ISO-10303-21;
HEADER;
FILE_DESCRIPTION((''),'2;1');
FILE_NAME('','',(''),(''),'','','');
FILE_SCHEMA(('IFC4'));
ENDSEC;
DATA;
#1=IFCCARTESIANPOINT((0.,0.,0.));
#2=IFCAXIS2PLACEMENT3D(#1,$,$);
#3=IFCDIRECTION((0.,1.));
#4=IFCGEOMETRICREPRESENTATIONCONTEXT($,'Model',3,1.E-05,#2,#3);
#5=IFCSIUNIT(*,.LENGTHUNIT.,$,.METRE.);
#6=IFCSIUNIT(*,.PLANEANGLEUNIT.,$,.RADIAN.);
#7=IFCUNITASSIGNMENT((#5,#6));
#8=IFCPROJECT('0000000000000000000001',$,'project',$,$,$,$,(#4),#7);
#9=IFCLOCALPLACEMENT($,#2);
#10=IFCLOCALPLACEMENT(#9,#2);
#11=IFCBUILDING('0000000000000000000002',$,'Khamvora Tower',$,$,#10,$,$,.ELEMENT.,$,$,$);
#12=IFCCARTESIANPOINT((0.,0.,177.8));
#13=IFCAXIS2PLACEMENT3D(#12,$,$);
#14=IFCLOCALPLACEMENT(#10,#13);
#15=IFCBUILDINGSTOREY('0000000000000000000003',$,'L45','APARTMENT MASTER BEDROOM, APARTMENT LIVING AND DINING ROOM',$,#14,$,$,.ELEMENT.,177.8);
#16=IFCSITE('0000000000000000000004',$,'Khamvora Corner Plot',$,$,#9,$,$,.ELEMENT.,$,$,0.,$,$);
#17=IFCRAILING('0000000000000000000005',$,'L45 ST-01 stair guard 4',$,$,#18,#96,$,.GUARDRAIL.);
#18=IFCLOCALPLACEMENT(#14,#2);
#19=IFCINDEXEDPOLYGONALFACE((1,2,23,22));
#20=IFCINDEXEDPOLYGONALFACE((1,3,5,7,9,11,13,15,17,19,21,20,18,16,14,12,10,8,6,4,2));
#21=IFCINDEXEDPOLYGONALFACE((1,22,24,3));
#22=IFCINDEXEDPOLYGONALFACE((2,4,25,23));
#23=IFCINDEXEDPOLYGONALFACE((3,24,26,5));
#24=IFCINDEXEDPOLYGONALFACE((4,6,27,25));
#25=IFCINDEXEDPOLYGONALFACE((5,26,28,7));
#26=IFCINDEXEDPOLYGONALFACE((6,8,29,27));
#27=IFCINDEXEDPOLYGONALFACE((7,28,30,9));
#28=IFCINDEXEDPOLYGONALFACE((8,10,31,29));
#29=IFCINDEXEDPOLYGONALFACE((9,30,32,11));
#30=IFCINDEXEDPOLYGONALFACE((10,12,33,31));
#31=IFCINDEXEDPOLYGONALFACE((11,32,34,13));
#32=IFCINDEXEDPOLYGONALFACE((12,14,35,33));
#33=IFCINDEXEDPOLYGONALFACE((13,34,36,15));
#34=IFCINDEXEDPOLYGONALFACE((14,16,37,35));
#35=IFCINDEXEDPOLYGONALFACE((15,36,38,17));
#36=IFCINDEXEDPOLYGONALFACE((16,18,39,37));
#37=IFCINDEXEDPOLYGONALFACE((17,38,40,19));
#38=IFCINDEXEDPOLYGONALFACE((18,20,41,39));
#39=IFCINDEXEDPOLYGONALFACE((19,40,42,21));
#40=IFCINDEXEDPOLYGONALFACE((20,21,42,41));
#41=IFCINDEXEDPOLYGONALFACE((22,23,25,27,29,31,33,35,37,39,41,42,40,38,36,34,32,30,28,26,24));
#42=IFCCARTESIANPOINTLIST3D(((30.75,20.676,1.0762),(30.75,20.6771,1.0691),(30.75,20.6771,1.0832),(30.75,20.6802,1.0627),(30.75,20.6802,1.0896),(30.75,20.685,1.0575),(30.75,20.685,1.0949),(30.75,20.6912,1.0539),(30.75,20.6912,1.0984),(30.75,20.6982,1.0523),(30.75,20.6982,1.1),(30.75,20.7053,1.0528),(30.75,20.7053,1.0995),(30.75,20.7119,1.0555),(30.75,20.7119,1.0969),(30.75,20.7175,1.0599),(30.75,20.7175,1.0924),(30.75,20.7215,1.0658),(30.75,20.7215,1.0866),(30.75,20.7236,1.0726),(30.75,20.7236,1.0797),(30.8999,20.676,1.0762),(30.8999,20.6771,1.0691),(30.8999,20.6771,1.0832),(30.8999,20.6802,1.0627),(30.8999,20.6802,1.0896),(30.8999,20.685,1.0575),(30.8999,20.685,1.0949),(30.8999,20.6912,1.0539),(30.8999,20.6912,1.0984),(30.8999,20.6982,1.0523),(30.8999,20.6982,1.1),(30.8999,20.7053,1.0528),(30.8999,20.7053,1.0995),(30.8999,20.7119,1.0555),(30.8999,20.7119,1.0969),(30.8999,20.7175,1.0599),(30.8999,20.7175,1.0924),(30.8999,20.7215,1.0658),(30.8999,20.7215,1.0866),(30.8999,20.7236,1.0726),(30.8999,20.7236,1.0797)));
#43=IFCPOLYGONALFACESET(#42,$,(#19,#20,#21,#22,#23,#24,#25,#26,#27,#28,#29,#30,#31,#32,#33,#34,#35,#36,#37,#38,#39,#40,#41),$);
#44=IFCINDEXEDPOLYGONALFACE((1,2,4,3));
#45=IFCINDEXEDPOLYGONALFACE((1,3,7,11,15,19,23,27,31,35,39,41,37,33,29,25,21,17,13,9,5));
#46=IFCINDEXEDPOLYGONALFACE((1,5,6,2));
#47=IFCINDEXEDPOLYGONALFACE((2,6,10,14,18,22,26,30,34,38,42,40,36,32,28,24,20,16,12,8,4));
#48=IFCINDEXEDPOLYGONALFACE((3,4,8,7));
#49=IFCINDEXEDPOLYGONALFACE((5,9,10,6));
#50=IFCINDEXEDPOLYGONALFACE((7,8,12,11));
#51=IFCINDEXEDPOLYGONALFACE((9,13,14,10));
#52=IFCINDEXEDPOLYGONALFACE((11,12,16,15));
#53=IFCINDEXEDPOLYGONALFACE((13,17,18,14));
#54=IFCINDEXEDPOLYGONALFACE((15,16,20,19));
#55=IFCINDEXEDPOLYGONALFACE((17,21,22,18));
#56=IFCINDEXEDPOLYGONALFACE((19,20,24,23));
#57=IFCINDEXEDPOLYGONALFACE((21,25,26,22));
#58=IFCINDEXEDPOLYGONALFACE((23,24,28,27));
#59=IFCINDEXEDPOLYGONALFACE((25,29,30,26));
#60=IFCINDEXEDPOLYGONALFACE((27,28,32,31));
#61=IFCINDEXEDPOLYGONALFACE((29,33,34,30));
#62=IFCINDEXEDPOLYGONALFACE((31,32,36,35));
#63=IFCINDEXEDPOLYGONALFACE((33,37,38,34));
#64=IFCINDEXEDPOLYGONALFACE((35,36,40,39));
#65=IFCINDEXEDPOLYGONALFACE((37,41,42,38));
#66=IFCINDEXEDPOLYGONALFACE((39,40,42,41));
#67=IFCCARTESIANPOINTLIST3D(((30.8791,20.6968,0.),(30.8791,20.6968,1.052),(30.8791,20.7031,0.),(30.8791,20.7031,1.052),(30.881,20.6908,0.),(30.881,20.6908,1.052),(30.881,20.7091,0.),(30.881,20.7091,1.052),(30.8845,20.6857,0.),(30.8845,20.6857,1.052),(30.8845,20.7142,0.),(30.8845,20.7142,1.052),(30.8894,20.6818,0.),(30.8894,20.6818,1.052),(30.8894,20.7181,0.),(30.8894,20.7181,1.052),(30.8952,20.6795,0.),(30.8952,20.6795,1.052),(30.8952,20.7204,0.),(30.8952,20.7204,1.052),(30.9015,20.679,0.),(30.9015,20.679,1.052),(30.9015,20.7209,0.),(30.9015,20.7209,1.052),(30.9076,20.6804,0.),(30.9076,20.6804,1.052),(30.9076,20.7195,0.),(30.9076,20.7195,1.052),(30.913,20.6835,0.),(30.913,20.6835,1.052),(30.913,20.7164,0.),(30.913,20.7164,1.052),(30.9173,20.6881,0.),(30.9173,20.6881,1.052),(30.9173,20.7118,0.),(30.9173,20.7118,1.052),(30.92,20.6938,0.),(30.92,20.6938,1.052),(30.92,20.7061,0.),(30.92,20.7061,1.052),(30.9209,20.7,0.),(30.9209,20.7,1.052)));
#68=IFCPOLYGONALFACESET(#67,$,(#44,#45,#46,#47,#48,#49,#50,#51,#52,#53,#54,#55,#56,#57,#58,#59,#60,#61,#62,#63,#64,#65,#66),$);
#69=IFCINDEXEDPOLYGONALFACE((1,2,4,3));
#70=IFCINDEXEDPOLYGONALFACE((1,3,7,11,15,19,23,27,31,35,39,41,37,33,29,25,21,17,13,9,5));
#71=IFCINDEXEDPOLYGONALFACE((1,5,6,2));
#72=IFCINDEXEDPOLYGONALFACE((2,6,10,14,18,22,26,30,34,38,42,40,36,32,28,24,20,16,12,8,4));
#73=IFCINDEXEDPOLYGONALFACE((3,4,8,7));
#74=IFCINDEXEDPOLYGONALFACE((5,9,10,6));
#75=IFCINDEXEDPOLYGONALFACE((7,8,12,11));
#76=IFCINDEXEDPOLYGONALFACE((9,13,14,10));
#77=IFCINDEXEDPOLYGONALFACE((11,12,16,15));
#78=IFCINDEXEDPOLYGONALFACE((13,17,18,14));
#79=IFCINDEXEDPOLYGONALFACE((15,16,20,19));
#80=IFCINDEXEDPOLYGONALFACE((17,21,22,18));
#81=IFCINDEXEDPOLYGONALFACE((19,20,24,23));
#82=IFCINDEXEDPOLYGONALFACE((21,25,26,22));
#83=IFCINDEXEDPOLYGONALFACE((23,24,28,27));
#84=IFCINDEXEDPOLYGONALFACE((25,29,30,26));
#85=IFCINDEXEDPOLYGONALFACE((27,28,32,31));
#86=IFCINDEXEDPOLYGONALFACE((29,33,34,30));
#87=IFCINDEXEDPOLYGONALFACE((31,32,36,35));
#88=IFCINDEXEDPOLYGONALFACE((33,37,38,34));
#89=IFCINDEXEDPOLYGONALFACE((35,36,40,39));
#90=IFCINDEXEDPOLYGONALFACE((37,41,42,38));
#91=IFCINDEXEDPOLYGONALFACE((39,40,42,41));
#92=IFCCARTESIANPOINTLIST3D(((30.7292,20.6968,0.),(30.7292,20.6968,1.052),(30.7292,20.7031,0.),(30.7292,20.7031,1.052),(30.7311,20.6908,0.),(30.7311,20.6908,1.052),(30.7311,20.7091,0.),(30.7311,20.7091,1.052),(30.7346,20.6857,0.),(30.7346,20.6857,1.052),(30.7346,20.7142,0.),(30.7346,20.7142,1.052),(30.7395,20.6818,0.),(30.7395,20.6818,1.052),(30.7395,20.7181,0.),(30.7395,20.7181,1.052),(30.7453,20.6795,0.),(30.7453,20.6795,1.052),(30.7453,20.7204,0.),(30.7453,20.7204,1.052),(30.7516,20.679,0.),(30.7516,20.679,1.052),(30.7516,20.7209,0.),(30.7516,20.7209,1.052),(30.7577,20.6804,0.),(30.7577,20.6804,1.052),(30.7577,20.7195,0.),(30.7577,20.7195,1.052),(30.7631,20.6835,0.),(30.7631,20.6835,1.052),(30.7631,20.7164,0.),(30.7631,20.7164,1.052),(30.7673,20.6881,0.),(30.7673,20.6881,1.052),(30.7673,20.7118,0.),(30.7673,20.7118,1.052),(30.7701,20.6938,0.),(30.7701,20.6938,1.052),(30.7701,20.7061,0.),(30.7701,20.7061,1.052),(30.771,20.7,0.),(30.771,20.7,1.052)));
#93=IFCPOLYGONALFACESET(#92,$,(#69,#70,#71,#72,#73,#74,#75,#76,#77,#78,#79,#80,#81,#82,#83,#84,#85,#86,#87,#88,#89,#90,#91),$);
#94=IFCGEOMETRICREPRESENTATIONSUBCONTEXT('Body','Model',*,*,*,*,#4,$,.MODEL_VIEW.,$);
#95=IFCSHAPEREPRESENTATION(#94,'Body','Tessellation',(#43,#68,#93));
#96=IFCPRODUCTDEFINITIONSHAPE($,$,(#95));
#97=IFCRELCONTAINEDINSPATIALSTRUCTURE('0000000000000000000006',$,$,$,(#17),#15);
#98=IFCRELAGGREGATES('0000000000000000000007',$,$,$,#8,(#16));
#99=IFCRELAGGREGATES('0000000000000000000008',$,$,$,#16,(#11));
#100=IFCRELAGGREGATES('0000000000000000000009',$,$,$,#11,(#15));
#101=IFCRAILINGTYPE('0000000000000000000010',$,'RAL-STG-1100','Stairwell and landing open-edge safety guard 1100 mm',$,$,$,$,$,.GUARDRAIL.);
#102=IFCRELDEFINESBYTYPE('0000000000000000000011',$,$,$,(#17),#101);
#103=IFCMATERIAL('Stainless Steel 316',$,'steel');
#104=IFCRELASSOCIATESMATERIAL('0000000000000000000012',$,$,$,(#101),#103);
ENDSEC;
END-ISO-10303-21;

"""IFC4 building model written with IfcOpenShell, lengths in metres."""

from ifc_helpers import new_model, si_unit, direction, frame, origin, origin_2d, place, context, subcontext, project, spatial, circle, extrude, material, type_object, element, save


model = new_model("IFC4")

# Units and contexts
model_context = context("Model", 3, precision=1e-05, world=origin(), true_north=direction((0.0, 1.0)))
body_context = subcontext(model_context, "Body", "Model", "MODEL_VIEW")
ifc_project = project(units=[si_unit("LENGTHUNIT", "METRE"), si_unit("PLANEANGLEUNIT", "RADIAN")], contexts=[model_context])

# Site, building, storey
site_placement = place(None, origin())
site = spatial("IfcSite", under=ifc_project, at=site_placement, Name="Khamvora Corner Plot", CompositionType="ELEMENT", RefElevation=0.0)
building_placement = place(site_placement, origin())
building = spatial("IfcBuilding", under=site, at=building_placement, Name="Khamvora Tower", CompositionType="ELEMENT")
storey_placement = place(building_placement, frame((0.0, 0.0, 177.8)))
storey = spatial("IfcBuildingStorey", under=building, at=storey_placement, Name="L45", Description="APARTMENT MASTER BEDROOM, APARTMENT LIVING AND DINING ROOM", CompositionType="ELEMENT", Elevation=177.8)

# Railing
ifc_material_1 = material(Name="Stainless Steel 316", Category="steel")
railing_type = type_object("IfcRailingType", Name="RAL-STG-1100", Description="Stairwell and landing open-edge safety guard 1100 mm", PredefinedType="GUARDRAIL", material=ifc_material_1)
railing_placement = place(storey_placement, frame((30.8999, 20.7, 0.0)))
element("IfcRailing", 1, at=railing_placement, inside=storey, type_object=railing_type, Name="L45 ST-01 stair guard 4", PredefinedType="GUARDRAIL", context=body_context, shape_type="SweptSolid", body=[
    extrude(circle(Radius=0.0239, at=origin_2d()), frame((0.0, 0.0, 1.0762), z_axis=(-1.0, 0.0, 0.0), x_axis=(0.0, -1.0, 0.0)), (0.0, 0.0, 1.0), 0.1499),
    extrude(circle(Radius=0.021, at=origin_2d()), origin(), (0.0, 0.0, 1.0), 1.052),
    extrude(circle(Radius=0.021, at=origin_2d()), frame((-0.1499, 0.0, 0.0)), (0.0, 0.0, 1.0), 1.052),
])

save(model, "model.ifc")
